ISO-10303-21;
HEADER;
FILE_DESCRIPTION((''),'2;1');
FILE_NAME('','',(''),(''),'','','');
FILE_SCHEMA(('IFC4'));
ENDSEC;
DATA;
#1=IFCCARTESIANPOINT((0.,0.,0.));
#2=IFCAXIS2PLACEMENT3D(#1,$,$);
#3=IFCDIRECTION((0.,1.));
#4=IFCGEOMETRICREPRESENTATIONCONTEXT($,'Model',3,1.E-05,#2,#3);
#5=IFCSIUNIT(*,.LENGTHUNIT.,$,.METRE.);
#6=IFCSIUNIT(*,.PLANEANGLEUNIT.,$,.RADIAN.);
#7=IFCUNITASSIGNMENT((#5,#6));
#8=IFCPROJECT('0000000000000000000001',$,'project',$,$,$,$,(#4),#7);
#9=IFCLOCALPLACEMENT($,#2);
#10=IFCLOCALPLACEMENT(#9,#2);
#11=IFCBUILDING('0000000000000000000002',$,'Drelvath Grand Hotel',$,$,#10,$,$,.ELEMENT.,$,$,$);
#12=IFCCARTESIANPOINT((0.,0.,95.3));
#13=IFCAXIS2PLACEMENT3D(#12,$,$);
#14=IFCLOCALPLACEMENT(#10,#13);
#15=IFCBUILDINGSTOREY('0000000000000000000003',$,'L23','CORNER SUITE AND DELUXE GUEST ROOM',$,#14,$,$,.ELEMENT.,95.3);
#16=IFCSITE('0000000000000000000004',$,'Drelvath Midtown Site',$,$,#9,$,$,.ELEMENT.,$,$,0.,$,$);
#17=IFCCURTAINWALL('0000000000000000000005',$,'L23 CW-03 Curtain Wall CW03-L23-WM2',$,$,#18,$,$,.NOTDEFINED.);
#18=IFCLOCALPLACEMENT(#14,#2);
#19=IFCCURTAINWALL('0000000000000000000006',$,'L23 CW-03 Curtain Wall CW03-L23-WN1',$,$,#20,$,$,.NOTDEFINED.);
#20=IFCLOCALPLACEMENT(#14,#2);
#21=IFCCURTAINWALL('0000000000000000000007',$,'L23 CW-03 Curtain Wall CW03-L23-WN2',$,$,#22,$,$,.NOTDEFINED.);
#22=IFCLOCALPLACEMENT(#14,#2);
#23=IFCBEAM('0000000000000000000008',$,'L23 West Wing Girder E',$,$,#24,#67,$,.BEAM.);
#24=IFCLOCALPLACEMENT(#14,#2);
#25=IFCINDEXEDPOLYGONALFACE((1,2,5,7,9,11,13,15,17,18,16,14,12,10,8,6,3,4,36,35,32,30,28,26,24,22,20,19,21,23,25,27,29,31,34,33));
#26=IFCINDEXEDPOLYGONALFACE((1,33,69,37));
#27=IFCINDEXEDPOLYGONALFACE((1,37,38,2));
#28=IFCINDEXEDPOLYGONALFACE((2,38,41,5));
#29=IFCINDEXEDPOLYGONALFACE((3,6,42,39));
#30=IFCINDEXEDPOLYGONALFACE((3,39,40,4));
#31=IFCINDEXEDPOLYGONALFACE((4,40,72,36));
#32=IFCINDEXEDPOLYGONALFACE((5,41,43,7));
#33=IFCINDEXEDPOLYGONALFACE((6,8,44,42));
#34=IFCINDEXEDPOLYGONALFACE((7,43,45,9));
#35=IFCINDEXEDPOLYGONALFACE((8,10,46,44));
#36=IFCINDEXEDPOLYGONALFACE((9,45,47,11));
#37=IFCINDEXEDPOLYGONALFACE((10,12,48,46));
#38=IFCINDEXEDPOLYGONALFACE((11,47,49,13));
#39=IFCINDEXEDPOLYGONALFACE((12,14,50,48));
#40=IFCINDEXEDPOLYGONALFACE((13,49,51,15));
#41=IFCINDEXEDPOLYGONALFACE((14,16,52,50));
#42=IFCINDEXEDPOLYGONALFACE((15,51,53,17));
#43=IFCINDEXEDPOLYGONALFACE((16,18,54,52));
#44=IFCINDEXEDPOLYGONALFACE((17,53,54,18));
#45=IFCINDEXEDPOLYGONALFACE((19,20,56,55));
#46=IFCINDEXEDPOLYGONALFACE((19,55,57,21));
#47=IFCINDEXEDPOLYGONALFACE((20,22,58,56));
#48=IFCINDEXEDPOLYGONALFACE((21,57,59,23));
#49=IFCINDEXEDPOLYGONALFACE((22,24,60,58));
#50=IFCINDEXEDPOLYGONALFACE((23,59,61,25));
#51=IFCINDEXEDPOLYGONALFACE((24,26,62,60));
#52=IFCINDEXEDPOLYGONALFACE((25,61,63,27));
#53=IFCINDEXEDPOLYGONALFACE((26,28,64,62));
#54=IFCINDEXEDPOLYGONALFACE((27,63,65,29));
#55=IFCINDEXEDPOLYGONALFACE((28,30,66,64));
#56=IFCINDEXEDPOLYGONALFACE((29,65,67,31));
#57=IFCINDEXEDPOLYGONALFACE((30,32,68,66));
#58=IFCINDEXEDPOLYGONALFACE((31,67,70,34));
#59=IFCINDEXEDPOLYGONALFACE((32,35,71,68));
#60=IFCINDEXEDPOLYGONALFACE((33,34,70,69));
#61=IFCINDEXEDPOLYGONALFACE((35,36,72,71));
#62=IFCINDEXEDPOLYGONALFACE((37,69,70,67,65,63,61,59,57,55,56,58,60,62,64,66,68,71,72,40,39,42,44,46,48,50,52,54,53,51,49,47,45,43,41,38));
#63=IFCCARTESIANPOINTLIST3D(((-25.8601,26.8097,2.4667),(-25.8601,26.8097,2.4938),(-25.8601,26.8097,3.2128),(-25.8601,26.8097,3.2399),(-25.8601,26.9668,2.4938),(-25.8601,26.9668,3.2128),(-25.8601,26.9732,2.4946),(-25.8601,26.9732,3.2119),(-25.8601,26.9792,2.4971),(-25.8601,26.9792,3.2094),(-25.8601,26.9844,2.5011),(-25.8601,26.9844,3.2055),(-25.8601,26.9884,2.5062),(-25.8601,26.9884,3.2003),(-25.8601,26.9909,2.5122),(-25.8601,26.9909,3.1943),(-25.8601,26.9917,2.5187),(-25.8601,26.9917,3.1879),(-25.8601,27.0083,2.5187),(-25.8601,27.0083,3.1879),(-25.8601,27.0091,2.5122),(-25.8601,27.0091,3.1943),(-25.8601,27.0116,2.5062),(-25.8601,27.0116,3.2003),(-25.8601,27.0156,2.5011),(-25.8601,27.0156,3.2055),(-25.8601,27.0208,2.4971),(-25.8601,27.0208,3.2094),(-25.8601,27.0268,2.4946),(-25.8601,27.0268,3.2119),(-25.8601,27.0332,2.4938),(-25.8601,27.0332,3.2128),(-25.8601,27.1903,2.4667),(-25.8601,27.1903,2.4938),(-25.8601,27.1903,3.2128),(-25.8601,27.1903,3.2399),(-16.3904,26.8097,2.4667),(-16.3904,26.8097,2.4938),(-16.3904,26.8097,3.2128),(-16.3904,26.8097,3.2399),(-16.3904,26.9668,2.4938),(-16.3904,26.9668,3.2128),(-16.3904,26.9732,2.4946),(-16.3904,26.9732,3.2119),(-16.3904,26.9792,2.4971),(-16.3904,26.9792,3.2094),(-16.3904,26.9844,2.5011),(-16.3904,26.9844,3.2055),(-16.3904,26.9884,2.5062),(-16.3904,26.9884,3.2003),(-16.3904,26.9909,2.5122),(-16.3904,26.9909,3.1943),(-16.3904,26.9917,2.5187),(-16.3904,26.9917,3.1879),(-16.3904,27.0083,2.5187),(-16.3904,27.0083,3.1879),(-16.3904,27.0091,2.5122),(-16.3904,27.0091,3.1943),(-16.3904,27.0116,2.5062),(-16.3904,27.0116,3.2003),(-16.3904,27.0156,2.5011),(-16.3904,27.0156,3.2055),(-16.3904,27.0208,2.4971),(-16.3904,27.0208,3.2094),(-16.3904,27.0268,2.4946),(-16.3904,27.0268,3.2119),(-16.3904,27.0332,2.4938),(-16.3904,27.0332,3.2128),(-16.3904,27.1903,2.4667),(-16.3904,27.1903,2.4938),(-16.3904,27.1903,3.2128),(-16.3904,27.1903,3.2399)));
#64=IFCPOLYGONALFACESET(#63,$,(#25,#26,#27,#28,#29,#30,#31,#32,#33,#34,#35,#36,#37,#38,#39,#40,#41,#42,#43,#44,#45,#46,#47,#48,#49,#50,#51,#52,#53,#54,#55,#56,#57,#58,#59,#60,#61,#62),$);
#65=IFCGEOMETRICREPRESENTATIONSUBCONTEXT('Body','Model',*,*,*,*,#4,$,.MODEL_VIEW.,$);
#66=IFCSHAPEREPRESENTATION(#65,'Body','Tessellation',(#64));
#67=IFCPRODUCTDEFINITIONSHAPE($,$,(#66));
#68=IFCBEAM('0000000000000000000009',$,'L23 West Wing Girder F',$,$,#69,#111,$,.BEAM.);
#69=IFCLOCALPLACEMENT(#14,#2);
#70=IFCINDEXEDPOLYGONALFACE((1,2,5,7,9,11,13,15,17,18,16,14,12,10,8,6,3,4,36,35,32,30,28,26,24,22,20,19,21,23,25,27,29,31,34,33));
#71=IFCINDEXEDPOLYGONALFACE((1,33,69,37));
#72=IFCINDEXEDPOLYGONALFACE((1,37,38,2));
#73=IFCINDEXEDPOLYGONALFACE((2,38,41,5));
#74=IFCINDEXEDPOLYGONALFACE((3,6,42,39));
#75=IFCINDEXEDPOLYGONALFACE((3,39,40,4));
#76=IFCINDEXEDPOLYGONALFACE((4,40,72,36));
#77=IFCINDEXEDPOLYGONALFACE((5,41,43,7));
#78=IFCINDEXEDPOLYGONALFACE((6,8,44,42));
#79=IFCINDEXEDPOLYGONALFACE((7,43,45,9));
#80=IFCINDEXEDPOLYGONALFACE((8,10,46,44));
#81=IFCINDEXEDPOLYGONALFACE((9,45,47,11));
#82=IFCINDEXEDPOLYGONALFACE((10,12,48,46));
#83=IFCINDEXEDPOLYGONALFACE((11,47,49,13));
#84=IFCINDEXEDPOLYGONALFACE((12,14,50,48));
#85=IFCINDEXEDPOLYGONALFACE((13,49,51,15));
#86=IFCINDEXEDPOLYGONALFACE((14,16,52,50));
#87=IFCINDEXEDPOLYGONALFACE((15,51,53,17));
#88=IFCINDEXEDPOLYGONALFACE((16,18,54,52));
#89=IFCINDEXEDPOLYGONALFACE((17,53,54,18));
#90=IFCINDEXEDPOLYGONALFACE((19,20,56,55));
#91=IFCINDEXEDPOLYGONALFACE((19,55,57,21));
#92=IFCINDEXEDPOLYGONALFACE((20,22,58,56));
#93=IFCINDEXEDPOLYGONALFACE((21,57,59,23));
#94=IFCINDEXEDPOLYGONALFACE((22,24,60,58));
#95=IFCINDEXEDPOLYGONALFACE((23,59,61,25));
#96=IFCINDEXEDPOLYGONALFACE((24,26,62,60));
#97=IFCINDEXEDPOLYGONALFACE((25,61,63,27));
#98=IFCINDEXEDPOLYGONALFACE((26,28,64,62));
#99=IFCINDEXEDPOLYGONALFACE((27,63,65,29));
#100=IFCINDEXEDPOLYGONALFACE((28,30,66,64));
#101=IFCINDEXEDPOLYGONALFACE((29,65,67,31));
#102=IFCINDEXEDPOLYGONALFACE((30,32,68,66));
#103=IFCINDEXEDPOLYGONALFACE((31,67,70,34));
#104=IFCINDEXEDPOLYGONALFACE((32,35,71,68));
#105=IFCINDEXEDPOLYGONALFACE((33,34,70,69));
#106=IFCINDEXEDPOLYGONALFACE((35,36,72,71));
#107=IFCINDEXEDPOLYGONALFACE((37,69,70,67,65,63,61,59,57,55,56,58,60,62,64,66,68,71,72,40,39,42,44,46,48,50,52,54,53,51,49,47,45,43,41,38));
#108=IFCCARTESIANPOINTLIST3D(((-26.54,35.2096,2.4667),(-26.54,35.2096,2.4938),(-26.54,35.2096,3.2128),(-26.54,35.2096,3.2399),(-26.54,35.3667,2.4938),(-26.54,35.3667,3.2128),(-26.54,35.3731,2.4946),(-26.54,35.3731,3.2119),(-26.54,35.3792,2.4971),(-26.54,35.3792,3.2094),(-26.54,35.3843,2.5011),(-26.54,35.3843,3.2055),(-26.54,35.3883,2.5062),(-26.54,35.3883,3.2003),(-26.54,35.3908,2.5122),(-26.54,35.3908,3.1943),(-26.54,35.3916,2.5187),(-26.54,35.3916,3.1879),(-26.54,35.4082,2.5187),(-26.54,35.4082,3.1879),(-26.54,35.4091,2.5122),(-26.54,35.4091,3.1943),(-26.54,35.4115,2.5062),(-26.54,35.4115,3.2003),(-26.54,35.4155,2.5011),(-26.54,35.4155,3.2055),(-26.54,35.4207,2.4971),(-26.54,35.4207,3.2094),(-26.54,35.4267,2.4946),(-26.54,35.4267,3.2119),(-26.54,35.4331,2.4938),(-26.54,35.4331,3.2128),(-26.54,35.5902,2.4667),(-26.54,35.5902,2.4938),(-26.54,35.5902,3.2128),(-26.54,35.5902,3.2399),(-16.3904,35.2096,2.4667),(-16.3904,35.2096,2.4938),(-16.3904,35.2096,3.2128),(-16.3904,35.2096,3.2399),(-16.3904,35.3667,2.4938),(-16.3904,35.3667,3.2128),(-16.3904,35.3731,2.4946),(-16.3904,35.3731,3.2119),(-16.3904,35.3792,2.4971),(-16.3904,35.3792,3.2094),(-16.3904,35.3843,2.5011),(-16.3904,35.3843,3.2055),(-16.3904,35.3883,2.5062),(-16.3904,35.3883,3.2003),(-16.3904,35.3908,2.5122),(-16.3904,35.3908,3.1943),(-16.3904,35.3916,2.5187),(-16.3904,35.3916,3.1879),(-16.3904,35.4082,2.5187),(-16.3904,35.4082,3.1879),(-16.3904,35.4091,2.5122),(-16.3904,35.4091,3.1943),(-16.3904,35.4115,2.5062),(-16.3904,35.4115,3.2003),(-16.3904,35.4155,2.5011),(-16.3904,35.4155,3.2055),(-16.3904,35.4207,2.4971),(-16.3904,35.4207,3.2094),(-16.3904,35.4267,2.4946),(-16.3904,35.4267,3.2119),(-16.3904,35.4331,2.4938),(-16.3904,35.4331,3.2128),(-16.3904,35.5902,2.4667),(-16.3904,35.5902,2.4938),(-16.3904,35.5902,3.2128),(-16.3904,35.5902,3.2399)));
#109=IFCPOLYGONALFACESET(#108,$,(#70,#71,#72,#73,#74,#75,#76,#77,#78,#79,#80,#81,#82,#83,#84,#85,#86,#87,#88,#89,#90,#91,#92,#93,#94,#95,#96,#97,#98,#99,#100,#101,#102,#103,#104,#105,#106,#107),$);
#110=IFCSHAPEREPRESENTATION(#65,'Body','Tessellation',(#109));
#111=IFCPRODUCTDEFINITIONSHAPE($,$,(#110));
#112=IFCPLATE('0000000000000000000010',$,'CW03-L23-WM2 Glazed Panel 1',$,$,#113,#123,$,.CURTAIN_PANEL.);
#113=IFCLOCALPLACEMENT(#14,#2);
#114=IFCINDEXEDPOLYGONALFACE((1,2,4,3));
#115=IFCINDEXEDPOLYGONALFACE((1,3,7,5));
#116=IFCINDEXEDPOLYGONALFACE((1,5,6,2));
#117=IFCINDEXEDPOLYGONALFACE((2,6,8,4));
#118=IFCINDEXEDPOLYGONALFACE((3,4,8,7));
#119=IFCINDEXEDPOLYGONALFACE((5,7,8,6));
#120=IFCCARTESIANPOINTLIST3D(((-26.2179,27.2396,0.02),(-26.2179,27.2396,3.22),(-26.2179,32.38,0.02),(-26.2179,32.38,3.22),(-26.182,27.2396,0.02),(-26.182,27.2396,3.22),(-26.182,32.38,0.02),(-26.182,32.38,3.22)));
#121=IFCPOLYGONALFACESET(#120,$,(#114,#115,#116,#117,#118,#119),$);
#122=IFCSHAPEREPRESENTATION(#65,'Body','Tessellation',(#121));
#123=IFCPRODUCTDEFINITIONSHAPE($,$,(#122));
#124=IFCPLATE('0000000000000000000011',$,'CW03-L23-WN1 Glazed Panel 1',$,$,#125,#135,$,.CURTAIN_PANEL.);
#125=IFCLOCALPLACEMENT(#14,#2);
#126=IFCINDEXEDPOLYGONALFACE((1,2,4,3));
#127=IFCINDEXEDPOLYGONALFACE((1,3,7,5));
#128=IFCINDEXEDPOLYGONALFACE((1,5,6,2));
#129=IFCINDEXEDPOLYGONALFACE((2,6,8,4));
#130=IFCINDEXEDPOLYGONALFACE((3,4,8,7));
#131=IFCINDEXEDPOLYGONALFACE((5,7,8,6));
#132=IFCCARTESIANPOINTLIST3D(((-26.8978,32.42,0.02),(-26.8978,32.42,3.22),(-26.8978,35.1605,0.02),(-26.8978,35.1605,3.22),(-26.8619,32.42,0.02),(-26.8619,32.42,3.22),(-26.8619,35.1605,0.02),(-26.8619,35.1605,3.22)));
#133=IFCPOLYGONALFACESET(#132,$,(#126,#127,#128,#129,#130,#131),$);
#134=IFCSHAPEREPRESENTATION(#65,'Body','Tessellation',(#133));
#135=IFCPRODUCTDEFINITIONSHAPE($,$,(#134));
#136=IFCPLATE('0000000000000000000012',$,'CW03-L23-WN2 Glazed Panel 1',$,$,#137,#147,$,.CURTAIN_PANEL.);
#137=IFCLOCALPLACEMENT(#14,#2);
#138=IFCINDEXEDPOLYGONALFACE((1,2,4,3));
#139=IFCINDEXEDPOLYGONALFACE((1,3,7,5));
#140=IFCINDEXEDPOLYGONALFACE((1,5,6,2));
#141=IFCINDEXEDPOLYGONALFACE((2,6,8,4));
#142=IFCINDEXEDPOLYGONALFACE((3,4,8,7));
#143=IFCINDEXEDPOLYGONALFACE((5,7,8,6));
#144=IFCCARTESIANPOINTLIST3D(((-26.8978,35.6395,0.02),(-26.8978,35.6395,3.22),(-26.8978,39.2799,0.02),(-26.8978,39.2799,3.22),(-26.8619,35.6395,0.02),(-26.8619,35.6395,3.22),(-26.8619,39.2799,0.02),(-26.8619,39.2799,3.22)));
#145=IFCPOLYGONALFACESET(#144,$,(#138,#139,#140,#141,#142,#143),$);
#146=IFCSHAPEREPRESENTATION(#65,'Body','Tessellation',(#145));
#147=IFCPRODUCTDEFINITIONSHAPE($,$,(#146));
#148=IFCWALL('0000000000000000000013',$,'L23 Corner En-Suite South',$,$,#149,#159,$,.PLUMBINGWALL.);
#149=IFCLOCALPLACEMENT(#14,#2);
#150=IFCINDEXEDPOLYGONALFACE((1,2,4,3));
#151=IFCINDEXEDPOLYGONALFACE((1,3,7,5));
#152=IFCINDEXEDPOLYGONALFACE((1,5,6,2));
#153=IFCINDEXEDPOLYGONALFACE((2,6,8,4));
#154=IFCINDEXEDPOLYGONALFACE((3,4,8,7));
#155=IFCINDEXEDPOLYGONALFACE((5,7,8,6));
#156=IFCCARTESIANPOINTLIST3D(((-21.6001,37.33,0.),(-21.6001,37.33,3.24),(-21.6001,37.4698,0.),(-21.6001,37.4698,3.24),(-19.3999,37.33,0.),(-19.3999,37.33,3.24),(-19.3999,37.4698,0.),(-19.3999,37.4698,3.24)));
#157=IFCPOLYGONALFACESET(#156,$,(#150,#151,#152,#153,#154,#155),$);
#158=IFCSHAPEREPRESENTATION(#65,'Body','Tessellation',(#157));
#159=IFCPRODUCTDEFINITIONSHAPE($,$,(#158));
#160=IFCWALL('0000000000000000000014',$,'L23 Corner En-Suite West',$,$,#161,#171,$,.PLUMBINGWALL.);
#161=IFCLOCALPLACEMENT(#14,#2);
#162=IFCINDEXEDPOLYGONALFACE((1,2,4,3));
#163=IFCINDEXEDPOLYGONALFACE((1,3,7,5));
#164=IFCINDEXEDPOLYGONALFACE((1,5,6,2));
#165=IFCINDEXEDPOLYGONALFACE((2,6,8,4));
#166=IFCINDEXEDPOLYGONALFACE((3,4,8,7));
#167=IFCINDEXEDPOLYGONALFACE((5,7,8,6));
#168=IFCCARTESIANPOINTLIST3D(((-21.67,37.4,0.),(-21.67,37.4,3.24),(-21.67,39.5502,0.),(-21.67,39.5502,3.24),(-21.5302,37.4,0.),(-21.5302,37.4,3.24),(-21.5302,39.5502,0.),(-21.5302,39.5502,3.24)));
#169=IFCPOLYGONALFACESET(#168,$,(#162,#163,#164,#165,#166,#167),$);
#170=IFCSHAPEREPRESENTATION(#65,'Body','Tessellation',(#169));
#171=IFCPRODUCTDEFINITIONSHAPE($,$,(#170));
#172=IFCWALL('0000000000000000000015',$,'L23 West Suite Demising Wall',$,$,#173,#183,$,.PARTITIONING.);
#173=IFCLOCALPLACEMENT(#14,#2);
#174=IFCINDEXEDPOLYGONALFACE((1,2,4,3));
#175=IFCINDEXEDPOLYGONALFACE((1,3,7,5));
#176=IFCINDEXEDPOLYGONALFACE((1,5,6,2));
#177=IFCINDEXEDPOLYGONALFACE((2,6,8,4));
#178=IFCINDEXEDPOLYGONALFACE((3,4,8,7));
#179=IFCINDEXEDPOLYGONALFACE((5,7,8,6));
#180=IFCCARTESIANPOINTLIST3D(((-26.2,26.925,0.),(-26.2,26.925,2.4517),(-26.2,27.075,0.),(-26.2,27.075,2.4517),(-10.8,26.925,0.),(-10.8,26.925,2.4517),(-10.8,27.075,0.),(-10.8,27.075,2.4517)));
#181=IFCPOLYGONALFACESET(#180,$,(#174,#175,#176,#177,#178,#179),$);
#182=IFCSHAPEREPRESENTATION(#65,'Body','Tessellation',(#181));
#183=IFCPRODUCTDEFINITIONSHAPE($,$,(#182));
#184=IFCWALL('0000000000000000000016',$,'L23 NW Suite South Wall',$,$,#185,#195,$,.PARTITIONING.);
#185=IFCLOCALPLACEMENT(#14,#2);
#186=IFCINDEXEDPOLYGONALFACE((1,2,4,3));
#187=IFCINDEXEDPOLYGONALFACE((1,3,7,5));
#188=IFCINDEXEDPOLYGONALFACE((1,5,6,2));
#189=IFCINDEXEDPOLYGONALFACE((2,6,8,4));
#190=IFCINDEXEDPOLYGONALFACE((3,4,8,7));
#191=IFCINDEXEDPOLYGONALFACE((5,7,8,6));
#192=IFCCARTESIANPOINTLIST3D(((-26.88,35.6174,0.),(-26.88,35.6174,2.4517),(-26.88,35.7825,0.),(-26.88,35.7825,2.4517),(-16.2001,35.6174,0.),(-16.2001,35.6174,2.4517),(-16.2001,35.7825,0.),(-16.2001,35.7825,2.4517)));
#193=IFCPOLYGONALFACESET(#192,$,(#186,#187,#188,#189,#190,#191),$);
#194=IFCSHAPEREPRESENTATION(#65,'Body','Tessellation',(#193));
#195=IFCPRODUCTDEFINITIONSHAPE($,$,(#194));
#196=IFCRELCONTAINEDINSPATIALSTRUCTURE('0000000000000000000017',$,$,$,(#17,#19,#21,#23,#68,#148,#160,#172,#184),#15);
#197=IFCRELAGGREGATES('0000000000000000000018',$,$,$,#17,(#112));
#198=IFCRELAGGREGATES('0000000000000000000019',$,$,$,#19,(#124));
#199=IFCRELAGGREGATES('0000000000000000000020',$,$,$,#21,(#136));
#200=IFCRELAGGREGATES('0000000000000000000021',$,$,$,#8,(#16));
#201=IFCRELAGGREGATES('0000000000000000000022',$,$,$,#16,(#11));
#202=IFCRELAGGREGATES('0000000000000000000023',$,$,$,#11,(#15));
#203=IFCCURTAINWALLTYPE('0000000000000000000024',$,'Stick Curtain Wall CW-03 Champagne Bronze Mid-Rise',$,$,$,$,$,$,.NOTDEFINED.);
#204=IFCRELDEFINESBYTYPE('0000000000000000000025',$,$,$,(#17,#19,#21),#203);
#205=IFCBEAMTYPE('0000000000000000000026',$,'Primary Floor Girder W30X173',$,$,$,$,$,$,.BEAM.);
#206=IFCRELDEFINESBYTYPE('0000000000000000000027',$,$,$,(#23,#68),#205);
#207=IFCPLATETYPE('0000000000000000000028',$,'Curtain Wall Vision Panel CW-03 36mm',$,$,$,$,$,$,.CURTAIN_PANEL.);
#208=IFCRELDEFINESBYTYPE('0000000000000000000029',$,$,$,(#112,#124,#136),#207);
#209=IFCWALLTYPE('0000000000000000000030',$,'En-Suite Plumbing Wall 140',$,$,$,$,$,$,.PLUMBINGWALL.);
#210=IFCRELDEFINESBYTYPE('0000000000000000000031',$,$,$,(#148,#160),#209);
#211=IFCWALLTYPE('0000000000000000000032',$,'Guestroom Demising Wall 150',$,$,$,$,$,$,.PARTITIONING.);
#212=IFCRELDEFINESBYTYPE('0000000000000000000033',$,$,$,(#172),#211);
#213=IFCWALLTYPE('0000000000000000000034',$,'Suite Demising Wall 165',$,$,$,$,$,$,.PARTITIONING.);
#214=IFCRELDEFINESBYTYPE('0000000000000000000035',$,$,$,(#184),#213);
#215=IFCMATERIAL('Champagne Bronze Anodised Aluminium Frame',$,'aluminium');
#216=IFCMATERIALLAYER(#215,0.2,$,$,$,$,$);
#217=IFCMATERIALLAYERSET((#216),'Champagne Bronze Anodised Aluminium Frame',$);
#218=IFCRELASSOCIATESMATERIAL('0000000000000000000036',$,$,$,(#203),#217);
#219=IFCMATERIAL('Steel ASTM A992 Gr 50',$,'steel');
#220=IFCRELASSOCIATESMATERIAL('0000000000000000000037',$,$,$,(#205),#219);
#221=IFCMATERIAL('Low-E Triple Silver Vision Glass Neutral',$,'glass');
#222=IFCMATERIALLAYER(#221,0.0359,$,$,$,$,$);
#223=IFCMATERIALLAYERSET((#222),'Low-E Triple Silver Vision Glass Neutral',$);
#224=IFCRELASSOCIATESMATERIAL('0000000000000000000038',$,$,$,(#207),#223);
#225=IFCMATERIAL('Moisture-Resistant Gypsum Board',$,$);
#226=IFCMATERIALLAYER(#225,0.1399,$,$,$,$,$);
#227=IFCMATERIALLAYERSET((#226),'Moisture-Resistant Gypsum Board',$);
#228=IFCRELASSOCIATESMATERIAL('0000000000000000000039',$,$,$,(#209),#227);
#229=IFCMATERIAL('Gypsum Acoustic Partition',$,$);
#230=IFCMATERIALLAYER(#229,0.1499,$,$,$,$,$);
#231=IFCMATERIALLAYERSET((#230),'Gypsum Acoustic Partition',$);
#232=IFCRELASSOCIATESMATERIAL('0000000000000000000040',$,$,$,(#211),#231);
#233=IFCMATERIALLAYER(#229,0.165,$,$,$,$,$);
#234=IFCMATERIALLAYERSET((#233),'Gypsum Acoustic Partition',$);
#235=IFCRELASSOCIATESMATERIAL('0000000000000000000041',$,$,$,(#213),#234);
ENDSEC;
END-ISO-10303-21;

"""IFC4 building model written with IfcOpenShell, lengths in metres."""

from ifc_helpers import new_model, si_unit, direction, frame, frame_2d, origin, origin_2d, place, context, subcontext, project, spatial, rectangle, i_section, extrude, material, layer, layer_set, material_profile, profile_set, type_object, element, aggregate, save


model = new_model("IFC4")

# Units and contexts
model_context = context("Model", 3, precision=1e-05, world=origin(), true_north=direction((0.0, 1.0)))
body_context = subcontext(model_context, "Body", "Model", "MODEL_VIEW")
ifc_project = project(units=[si_unit("LENGTHUNIT", "METRE"), si_unit("PLANEANGLEUNIT", "RADIAN")], contexts=[model_context])

# Site, building, storey
site_placement = place(None, origin())
site = spatial("IfcSite", under=ifc_project, at=site_placement, Name="Drelvath Midtown Site", CompositionType="ELEMENT", RefElevation=0.0)
building_placement = place(site_placement, origin())
building = spatial("IfcBuilding", under=site, at=building_placement, Name="Drelvath Grand Hotel", CompositionType="ELEMENT")
storey_placement = place(building_placement, frame((0.0, 0.0, 95.3)))
storey = spatial("IfcBuildingStorey", under=building, at=storey_placement, Name="L23", Description="CORNER SUITE AND DELUXE GUEST ROOM", CompositionType="ELEMENT", Elevation=95.3)

# Curtain walls
ifc_material_1 = material(Name="Champagne Bronze Anodised Aluminium Frame", Category="aluminium")
ifc_layer_1 = layer(ifc_material_1, 0.2)
ifc_layer_set_1 = layer_set([ifc_layer_1], Name="Champagne Bronze Anodised Aluminium Frame")
curtain_wall_type = type_object("IfcCurtainWallType", Name="Stick Curtain Wall CW-03 Champagne Bronze Mid-Rise", PredefinedType="NOTDEFINED", material=ifc_layer_set_1)
curtain_wall_1_placement = place(storey_placement, origin())
curtain_wall_1 = element("IfcCurtainWall", 1, at=curtain_wall_1_placement, inside=storey, type_object=curtain_wall_type, Name="L23 CW-03 Curtain Wall CW03-L23-WM2", PredefinedType="NOTDEFINED")
curtain_wall_2_placement = place(storey_placement, origin())
curtain_wall_2 = element("IfcCurtainWall", 2, at=curtain_wall_2_placement, inside=storey, type_object=curtain_wall_type, Name="L23 CW-03 Curtain Wall CW03-L23-WN1", PredefinedType="NOTDEFINED")
curtain_wall_3_placement = place(storey_placement, origin())
curtain_wall_3 = element("IfcCurtainWall", 3, at=curtain_wall_3_placement, inside=storey, type_object=curtain_wall_type, Name="L23 CW-03 Curtain Wall CW03-L23-WN2", PredefinedType="NOTDEFINED")

# Beams
ifc_material_2 = material(Name="Steel ASTM A992 Gr 50", Category="steel")
ifc_material_profile_1 = material_profile(ifc_material_2, i_section(OverallWidth=0.3806, OverallDepth=0.7732, WebThickness=0.0166, FlangeThickness=0.0271, FilletRadius=0.0249, at=origin_2d()), Name="W30X173")
ifc_profile_set_1 = profile_set([ifc_material_profile_1], Name="Steel ASTM A992 Gr 50")
beam_type_1 = type_object("IfcBeamType", Name="Primary Floor Girder W30X173", PredefinedType="BEAM", material=ifc_profile_set_1)
beam_1_placement = place(storey_placement, frame((-25.8601, 27.0, 2.8533), z_axis=(1.0, 0.0, 0.0), x_axis=(0.0, 1.0, 0.0)))
element("IfcBeam", 4, at=beam_1_placement, inside=storey, type_object=beam_type_1, Name="L23 West Wing Girder E", PredefinedType="BEAM", context=body_context, shape_type="SweptSolid", body=[
    extrude(i_section(OverallWidth=0.3806, OverallDepth=0.7732, WebThickness=0.0166, FlangeThickness=0.0271, FilletRadius=0.0249, at=origin_2d()), origin(), (0.0, 0.0, 1.0), 9.4697),
])
beam_2_placement = place(storey_placement, frame((-26.54, 35.3999, 2.8533), z_axis=(1.0, 0.0, 0.0), x_axis=(0.0, 1.0, 0.0)))
element("IfcBeam", 5, at=beam_2_placement, inside=storey, type_object=beam_type_1, Name="L23 West Wing Girder F", PredefinedType="BEAM", context=body_context, shape_type="SweptSolid", body=[
    extrude(i_section(OverallWidth=0.3806, OverallDepth=0.7732, WebThickness=0.0166, FlangeThickness=0.0271, FilletRadius=0.0249, at=origin_2d()), origin(), (0.0, 0.0, 1.0), 10.1497),
])

# Plates
ifc_material_3 = material(Name="Low-E Triple Silver Vision Glass Neutral", Category="glass")
ifc_layer_2 = layer(ifc_material_3, 0.0359)
ifc_layer_set_2 = layer_set([ifc_layer_2], Name="Low-E Triple Silver Vision Glass Neutral")
plate_type = type_object("IfcPlateType", Name="Curtain Wall Vision Panel CW-03 36mm", PredefinedType="CURTAIN_PANEL", material=ifc_layer_set_2)
plate_1_placement = place(storey_placement, frame((-26.2, 29.8098, 0.02), z_axis=(0.0, 0.0, 1.0), x_axis=(0.0, 1.0, 0.0)))
plate_1 = element("IfcPlate", 6, at=plate_1_placement, type_object=plate_type, Name="CW03-L23-WM2 Glazed Panel 1", PredefinedType="CURTAIN_PANEL", context=body_context, shape_type="SweptSolid", body=[
    extrude(rectangle(XDim=5.1404, YDim=0.0359, at=origin_2d()), origin(), (0.0, 0.0, 1.0), 3.2),
])
aggregate(curtain_wall_1, [plate_1])
plate_2_placement = place(storey_placement, frame((-26.8799, 33.7903, 0.02), z_axis=(0.0, 0.0, 1.0), x_axis=(0.0, 1.0, 0.0)))
plate_2 = element("IfcPlate", 7, at=plate_2_placement, type_object=plate_type, Name="CW03-L23-WN1 Glazed Panel 1", PredefinedType="CURTAIN_PANEL", context=body_context, shape_type="SweptSolid", body=[
    extrude(rectangle(XDim=2.7405, YDim=0.0359, at=origin_2d()), origin(), (0.0, 0.0, 1.0), 3.2),
])
aggregate(curtain_wall_2, [plate_2])
plate_3_placement = place(storey_placement, frame((-26.8799, 37.4597, 0.02), z_axis=(0.0, 0.0, 1.0), x_axis=(0.0, 1.0, 0.0)))
plate_3 = element("IfcPlate", 8, at=plate_3_placement, type_object=plate_type, Name="CW03-L23-WN2 Glazed Panel 1", PredefinedType="CURTAIN_PANEL", context=body_context, shape_type="SweptSolid", body=[
    extrude(rectangle(XDim=3.6404, YDim=0.0359, at=origin_2d()), origin(), (0.0, 0.0, 1.0), 3.2),
])
aggregate(curtain_wall_3, [plate_3])

# Walls
ifc_material_4 = material(Name="Moisture-Resistant Gypsum Board")
ifc_layer_3 = layer(ifc_material_4, 0.1399)
ifc_layer_set_3 = layer_set([ifc_layer_3], Name="Moisture-Resistant Gypsum Board")
wall_type_1 = type_object("IfcWallType", Name="En-Suite Plumbing Wall 140", PredefinedType="PLUMBINGWALL", material=ifc_layer_set_3)
wall_1_placement = place(storey_placement, frame((-21.6001, 37.3999, 0.0), z_axis=(0.0, 0.0, 1.0), x_axis=(1.0, 0.0, 0.0)))
element("IfcWall", 9, at=wall_1_placement, inside=storey, type_object=wall_type_1, Name="L23 Corner En-Suite South", PredefinedType="PLUMBINGWALL", context=body_context, shape_type="SweptSolid", body=[
    extrude(rectangle(XDim=2.2002, YDim=0.1399, at=frame_2d((1.1001, 0.0))), origin(), (0.0, 0.0, 1.0), 3.24),
])
wall_2_placement = place(storey_placement, frame((-21.6001, 37.3999, 0.0), z_axis=(0.0, 0.0, 1.0), x_axis=(0.0, 1.0, 0.0)))
element("IfcWall", 10, at=wall_2_placement, inside=storey, type_object=wall_type_1, Name="L23 Corner En-Suite West", PredefinedType="PLUMBINGWALL", context=body_context, shape_type="SweptSolid", body=[
    extrude(rectangle(XDim=2.1501, YDim=0.1399, at=frame_2d((1.0752, 0.0))), origin(), (0.0, 0.0, 1.0), 3.24),
])
ifc_material_5 = material(Name="Gypsum Acoustic Partition")
ifc_layer_4 = layer(ifc_material_5, 0.1499)
ifc_layer_set_4 = layer_set([ifc_layer_4], Name="Gypsum Acoustic Partition")
wall_type_2 = type_object("IfcWallType", Name="Guestroom Demising Wall 150", PredefinedType="PARTITIONING", material=ifc_layer_set_4)
wall_3_placement = place(storey_placement, frame((-26.2, 27.0, 0.0), z_axis=(0.0, 0.0, 1.0), x_axis=(1.0, 0.0, 0.0)))
element("IfcWall", 11, at=wall_3_placement, inside=storey, type_object=wall_type_2, Name="L23 West Suite Demising Wall", PredefinedType="PARTITIONING", context=body_context, shape_type="SweptSolid", body=[
    extrude(rectangle(XDim=15.3999, YDim=0.1499, at=frame_2d((7.7, 0.0))), origin(), (0.0, 0.0, 1.0), 2.4517),
])
ifc_layer_5 = layer(ifc_material_5, 0.165)
ifc_layer_set_5 = layer_set([ifc_layer_5], Name="Gypsum Acoustic Partition")
wall_type_3 = type_object("IfcWallType", Name="Suite Demising Wall 165", PredefinedType="PARTITIONING", material=ifc_layer_set_5)
wall_4_placement = place(storey_placement, frame((-26.8799, 35.7, 0.0), z_axis=(0.0, 0.0, 1.0), x_axis=(1.0, 0.0, 0.0)))
element("IfcWall", 12, at=wall_4_placement, inside=storey, type_object=wall_type_3, Name="L23 NW Suite South Wall", PredefinedType="PARTITIONING", context=body_context, shape_type="SweptSolid", body=[
    extrude(rectangle(XDim=10.6799, YDim=0.165, at=frame_2d((5.3398, 0.0))), origin(), (0.0, 0.0, 1.0), 2.4517),
])

save(model, "model.ifc")
